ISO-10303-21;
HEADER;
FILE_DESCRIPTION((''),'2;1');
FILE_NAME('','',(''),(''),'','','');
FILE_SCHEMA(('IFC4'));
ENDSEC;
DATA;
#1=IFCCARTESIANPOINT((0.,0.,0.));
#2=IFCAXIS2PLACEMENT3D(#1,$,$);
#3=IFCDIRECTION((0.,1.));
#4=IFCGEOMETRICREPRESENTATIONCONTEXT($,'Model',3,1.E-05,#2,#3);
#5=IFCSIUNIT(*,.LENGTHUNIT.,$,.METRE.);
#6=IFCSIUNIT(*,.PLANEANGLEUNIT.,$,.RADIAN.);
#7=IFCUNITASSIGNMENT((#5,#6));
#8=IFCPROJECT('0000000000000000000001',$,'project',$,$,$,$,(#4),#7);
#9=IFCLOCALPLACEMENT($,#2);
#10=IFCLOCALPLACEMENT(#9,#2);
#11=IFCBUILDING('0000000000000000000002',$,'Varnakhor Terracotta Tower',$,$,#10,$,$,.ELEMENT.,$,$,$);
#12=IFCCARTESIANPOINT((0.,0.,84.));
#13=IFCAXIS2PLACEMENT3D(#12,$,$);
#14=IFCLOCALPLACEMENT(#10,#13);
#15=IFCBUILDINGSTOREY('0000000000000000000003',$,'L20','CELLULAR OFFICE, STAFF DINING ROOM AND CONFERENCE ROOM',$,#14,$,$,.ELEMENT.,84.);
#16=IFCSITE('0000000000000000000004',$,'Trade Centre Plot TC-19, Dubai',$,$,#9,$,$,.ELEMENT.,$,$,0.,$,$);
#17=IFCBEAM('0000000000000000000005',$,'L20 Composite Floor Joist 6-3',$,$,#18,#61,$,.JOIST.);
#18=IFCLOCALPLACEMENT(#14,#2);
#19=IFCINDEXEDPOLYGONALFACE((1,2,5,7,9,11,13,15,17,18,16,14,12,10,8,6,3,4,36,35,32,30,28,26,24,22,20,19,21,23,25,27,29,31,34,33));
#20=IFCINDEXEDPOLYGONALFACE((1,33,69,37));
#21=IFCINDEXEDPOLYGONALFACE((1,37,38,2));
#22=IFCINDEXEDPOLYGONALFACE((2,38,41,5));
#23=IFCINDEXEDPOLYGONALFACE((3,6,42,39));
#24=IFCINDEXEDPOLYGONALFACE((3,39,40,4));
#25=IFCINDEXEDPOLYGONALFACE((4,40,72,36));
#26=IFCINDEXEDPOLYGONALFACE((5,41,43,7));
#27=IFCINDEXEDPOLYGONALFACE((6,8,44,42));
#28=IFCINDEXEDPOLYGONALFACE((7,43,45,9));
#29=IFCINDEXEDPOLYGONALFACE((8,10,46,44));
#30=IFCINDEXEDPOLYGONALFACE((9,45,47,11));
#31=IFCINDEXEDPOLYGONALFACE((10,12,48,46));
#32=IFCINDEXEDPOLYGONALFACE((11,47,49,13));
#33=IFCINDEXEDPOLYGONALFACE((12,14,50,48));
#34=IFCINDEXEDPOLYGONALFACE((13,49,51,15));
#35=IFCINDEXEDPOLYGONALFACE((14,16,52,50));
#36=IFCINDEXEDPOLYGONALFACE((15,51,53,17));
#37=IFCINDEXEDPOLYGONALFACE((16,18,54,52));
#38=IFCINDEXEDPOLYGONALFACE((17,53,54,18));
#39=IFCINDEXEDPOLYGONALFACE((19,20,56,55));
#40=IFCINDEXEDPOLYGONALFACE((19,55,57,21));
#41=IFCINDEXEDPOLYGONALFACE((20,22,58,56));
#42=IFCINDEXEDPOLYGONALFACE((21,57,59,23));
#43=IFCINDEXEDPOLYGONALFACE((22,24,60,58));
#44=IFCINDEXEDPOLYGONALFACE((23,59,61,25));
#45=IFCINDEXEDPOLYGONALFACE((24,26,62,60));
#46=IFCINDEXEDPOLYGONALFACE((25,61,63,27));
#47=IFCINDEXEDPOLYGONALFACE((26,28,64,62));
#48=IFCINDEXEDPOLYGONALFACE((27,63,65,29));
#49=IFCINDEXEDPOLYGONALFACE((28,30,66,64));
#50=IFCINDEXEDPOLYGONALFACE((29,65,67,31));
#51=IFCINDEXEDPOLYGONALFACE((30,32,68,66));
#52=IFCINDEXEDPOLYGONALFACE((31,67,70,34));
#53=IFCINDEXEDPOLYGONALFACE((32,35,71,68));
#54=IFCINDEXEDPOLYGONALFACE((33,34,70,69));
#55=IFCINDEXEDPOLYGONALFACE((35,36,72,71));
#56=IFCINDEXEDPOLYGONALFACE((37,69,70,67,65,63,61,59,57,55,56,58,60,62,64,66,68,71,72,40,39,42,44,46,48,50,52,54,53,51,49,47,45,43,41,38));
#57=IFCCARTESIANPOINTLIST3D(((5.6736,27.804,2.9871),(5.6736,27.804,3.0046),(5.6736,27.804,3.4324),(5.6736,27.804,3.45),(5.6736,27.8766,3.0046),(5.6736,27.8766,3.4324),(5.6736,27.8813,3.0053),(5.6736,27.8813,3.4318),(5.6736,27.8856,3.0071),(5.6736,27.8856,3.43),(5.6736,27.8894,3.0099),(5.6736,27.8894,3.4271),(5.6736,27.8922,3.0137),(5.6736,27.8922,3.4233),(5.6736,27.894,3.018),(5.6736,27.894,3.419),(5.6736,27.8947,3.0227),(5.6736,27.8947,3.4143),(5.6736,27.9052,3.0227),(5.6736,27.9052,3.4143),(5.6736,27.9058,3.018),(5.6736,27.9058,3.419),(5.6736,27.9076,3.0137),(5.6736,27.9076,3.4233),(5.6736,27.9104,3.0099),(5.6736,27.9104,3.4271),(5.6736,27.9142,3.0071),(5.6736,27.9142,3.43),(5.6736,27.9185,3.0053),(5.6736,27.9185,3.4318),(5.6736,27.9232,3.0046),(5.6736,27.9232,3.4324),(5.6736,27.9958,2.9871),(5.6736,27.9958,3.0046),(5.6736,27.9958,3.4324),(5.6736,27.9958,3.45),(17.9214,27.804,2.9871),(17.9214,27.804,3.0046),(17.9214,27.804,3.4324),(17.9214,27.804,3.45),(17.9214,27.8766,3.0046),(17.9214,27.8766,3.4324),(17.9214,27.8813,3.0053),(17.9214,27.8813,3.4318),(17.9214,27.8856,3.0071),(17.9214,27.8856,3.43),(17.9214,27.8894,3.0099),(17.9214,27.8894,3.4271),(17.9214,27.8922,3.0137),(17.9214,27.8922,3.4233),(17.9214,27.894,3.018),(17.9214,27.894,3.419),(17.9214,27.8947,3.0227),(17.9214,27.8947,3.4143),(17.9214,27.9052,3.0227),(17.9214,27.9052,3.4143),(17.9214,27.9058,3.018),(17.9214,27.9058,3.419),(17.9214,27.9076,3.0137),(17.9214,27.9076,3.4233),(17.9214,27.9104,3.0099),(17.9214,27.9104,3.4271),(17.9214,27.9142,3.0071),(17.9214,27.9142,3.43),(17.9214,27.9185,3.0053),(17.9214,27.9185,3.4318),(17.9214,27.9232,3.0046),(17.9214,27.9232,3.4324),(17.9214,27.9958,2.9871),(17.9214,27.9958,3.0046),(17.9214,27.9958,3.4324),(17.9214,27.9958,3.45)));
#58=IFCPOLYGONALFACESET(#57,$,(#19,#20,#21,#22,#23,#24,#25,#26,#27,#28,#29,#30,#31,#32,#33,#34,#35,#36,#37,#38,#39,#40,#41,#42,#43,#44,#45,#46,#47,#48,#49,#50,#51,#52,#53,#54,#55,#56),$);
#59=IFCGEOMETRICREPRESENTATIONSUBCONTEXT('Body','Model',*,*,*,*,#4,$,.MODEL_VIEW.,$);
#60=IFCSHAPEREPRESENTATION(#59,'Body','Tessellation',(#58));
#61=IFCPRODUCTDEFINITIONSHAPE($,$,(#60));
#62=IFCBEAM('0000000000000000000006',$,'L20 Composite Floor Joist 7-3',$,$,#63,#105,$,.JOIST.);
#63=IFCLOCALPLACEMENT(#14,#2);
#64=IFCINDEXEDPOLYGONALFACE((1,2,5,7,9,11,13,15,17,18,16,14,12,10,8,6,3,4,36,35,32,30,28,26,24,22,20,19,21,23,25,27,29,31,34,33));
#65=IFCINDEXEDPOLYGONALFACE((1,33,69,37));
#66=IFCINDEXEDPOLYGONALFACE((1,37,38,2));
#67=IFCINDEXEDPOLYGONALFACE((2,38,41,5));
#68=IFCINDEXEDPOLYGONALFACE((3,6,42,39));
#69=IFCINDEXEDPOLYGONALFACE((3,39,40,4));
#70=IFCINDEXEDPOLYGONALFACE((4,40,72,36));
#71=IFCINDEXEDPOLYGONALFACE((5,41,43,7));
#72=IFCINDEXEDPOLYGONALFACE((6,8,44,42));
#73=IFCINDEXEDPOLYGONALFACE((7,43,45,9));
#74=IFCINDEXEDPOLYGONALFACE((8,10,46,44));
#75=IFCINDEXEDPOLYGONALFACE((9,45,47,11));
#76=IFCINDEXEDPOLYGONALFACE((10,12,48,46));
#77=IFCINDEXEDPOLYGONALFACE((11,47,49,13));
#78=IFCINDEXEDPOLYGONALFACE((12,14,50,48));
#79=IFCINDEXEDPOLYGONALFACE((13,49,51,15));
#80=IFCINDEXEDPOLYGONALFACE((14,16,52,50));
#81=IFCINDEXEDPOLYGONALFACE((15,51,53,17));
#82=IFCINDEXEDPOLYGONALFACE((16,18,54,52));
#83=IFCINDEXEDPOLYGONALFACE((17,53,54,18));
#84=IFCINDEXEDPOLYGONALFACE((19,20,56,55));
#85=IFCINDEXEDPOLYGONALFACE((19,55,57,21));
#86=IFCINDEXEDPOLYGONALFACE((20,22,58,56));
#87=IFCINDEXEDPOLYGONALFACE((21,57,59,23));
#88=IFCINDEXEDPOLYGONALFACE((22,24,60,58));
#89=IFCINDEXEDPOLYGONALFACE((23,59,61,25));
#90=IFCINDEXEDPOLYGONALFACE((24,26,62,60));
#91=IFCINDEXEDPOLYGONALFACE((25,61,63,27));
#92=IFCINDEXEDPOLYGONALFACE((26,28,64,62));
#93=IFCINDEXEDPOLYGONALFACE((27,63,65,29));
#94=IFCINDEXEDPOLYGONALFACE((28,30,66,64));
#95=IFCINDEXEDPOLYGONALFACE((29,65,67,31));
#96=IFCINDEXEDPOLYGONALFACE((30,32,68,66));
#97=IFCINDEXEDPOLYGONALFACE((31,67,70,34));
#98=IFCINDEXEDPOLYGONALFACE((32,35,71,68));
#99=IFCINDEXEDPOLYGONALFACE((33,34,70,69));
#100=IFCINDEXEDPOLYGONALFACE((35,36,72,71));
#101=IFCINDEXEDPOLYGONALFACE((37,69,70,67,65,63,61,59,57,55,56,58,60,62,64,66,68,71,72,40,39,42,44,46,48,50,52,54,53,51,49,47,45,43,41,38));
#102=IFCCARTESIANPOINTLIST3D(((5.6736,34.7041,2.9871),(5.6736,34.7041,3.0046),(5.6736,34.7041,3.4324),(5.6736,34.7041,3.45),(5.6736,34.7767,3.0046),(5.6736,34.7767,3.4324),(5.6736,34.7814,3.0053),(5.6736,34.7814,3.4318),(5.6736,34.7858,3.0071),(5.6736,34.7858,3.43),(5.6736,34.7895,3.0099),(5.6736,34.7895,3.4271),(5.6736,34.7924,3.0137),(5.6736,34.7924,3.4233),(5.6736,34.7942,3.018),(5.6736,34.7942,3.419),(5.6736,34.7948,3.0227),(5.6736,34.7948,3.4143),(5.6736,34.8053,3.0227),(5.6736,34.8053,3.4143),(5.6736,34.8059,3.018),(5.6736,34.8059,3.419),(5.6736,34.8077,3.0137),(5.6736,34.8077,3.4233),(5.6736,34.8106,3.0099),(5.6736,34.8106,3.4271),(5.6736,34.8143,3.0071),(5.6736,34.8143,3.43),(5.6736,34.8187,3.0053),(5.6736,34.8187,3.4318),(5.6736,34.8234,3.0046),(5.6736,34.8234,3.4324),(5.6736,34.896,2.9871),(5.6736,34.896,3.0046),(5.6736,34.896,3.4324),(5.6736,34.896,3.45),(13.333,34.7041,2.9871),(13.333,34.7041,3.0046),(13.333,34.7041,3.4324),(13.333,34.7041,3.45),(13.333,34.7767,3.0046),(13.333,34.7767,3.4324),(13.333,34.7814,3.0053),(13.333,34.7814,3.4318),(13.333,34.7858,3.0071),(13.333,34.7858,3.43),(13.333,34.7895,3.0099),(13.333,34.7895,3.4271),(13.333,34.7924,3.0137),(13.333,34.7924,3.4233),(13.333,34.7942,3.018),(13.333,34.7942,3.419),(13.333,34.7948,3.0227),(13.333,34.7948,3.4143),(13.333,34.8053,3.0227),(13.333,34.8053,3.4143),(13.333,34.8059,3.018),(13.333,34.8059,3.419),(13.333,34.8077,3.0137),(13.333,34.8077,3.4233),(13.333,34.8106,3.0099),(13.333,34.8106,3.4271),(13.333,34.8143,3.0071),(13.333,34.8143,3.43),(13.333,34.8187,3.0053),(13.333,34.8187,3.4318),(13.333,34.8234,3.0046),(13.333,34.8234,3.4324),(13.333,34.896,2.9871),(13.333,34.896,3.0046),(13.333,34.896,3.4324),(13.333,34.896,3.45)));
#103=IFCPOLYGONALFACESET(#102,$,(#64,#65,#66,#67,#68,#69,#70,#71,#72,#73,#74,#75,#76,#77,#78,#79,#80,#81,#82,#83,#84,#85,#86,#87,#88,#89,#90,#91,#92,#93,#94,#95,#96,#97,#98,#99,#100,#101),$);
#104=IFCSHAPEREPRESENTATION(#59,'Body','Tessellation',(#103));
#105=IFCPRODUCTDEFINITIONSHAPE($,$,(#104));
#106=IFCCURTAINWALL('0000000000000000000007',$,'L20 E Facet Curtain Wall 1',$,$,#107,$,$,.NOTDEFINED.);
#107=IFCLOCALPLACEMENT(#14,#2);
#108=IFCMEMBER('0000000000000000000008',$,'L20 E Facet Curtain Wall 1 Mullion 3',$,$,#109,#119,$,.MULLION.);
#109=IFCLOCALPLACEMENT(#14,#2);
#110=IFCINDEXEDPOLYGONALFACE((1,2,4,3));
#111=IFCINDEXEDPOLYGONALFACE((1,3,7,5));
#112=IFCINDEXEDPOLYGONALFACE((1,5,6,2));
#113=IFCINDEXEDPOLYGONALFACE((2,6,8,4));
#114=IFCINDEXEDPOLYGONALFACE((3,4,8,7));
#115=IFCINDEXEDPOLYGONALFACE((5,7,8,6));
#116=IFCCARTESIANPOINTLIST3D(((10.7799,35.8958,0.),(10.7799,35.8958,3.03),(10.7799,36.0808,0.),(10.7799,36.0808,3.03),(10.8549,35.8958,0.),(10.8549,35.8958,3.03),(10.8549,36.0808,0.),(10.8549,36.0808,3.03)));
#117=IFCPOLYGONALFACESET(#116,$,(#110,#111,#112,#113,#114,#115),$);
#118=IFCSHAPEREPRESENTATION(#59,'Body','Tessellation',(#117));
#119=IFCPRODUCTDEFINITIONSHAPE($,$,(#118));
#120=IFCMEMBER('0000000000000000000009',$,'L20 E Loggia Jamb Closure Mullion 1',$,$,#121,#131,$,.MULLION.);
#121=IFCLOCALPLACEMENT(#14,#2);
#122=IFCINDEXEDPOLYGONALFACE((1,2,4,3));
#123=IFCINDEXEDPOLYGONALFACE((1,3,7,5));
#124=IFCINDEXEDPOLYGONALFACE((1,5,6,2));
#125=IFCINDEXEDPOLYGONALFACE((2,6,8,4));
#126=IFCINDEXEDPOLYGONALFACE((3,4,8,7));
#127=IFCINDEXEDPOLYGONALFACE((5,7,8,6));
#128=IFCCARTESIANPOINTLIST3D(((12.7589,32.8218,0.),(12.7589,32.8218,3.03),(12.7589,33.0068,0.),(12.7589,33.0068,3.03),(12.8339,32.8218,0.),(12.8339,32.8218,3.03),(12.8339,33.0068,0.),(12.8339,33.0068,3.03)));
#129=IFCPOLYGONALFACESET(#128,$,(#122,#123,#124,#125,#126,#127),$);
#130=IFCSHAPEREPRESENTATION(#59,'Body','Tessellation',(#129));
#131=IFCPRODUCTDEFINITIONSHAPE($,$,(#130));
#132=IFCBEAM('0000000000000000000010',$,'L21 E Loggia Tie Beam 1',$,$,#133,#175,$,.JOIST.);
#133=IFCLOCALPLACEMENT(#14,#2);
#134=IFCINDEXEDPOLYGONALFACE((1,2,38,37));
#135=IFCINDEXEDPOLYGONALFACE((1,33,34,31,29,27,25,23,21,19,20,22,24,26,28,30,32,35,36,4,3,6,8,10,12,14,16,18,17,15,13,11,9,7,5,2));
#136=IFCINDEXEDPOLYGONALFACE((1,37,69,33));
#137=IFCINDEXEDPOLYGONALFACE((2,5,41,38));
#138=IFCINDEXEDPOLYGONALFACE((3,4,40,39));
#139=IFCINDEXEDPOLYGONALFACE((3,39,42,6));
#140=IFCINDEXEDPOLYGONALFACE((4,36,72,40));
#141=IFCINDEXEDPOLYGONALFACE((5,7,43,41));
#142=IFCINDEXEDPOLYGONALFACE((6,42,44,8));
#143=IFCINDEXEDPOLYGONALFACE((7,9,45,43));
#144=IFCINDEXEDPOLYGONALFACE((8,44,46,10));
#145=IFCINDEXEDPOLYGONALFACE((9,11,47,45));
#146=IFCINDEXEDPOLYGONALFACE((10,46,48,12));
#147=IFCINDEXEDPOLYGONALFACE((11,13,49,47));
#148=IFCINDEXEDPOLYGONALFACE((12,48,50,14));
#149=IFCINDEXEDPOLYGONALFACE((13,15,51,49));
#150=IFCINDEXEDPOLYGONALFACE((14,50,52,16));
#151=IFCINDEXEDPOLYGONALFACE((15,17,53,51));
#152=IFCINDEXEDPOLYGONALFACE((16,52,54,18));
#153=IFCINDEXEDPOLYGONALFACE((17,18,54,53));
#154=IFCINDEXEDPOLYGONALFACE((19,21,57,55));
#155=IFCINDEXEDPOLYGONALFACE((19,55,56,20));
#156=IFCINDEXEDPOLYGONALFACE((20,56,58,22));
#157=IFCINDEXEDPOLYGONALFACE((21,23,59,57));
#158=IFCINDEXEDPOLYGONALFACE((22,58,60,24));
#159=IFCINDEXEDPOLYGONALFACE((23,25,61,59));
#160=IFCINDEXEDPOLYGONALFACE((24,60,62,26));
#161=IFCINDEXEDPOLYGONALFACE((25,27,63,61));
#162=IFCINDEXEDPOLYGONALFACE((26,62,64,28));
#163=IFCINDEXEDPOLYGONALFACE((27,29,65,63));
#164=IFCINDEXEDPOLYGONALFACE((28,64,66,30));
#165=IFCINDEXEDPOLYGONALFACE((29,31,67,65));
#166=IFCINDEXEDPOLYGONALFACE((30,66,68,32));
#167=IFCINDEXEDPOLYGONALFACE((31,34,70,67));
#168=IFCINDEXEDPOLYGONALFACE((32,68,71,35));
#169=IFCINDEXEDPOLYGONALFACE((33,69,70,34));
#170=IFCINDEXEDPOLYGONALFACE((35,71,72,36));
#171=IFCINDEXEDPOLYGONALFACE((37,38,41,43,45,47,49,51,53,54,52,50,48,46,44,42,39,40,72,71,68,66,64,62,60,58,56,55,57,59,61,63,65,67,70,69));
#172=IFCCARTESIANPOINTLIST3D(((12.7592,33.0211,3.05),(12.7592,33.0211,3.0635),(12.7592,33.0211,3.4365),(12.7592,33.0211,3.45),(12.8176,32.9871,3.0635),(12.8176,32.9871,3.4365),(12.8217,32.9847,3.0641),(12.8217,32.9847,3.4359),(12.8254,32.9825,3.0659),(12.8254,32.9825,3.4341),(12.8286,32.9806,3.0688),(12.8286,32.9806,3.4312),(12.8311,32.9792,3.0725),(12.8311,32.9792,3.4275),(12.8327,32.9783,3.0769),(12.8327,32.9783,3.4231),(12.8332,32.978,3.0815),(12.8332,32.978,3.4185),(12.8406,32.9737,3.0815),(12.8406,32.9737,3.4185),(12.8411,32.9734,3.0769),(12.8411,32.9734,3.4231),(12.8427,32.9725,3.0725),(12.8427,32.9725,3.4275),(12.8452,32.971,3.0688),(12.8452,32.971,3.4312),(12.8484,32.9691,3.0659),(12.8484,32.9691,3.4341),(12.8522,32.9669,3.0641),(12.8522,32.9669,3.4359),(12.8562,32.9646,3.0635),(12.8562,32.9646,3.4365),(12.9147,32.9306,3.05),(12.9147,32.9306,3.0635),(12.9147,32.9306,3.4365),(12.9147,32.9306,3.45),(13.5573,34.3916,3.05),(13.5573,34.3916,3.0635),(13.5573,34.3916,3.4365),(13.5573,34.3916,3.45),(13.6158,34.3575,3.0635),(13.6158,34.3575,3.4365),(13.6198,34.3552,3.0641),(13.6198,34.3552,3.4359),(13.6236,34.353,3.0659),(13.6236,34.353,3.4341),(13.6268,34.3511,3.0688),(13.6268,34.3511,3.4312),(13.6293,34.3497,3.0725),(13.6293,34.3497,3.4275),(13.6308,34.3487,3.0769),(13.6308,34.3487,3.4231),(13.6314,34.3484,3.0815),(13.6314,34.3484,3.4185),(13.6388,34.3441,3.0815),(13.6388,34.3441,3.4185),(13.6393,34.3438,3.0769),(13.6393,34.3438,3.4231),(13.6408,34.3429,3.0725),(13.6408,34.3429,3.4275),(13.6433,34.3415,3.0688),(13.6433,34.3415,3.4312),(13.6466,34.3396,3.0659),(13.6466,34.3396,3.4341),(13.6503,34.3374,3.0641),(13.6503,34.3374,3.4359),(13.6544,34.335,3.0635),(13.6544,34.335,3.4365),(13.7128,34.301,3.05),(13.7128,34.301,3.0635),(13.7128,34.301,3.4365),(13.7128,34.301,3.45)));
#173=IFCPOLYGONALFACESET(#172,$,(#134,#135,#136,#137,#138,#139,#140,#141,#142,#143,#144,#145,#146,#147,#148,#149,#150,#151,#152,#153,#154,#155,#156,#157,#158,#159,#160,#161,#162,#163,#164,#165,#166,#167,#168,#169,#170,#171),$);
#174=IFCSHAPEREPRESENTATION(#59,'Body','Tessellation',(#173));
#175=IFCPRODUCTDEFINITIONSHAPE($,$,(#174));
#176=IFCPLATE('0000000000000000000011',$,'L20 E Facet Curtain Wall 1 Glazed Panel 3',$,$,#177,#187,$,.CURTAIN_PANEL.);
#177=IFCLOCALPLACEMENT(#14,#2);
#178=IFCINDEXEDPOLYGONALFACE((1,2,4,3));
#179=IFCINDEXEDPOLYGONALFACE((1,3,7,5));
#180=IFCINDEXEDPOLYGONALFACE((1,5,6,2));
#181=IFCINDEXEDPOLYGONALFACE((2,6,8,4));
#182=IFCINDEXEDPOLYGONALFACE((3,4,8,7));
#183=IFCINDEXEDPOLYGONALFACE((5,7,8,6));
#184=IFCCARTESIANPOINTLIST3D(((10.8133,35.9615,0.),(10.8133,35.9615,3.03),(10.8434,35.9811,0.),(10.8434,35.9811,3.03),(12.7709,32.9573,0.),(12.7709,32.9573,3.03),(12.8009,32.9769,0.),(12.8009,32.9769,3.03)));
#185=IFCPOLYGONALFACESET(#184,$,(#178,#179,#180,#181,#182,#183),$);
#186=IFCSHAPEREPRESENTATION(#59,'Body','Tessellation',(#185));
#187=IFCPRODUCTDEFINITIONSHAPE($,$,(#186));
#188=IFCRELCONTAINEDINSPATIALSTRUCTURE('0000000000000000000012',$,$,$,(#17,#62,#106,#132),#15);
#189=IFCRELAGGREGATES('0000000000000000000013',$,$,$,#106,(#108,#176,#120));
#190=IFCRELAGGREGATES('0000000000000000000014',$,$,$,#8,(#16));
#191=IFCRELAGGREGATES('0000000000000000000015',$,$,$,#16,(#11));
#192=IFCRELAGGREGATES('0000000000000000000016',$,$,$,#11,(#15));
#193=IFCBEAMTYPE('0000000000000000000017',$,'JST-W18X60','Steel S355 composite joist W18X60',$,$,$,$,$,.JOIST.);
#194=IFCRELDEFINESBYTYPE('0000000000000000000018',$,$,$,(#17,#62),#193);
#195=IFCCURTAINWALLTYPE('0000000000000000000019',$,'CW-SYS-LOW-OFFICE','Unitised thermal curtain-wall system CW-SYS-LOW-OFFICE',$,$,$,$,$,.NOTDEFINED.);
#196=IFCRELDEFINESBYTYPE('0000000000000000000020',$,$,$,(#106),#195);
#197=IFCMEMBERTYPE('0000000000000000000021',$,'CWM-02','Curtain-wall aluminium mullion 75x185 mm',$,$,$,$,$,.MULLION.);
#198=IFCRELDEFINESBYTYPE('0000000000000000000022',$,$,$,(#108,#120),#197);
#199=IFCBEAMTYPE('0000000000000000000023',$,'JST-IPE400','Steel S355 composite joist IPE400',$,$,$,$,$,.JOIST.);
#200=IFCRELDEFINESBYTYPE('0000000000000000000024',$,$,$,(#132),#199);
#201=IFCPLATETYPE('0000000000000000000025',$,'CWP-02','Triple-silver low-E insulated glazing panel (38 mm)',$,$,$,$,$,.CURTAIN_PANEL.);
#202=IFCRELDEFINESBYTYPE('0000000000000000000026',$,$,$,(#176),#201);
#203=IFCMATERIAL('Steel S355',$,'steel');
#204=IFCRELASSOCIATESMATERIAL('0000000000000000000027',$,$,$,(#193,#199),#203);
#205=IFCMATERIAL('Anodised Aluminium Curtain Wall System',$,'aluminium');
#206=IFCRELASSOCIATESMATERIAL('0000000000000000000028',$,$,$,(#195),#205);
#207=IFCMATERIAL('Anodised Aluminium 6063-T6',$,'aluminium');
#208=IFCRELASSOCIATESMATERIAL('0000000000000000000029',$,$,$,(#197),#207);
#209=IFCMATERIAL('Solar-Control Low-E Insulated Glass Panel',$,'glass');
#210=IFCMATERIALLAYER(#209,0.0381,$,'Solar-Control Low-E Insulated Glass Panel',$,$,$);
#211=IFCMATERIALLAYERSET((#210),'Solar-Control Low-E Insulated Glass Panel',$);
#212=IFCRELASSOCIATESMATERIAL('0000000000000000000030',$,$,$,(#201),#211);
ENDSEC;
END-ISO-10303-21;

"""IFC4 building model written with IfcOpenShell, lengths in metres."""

from ifc_helpers import new_model, si_unit, direction, frame, origin, origin_2d, place, context, subcontext, project, spatial, rectangle, i_section, extrude, source, transform, mapped, material, layer, layer_set, material_profile, profile_set, type_object, type_shapes, element, aggregate, save


model = new_model("IFC4")

# Units and contexts
model_context = context("Model", 3, precision=1e-05, world=origin(), true_north=direction((0.0, 1.0)))
body_context = subcontext(model_context, "Body", "Model", "MODEL_VIEW")
ifc_project = project(units=[si_unit("LENGTHUNIT", "METRE"), si_unit("PLANEANGLEUNIT", "RADIAN")], contexts=[model_context])

# Site, building, storey
site_placement = place(None, origin())
site = spatial("IfcSite", under=ifc_project, at=site_placement, Name="Trade Centre Plot TC-19, Dubai", CompositionType="ELEMENT", RefElevation=0.0)
building_placement = place(site_placement, origin())
building = spatial("IfcBuilding", under=site, at=building_placement, Name="Varnakhor Terracotta Tower", CompositionType="ELEMENT")
storey_placement = place(building_placement, frame((0.0, 0.0, 84.0)))
storey = spatial("IfcBuildingStorey", under=building, at=storey_placement, Name="L20", Description="CELLULAR OFFICE, STAFF DINING ROOM AND CONFERENCE ROOM", CompositionType="ELEMENT", Elevation=84.0)

# Beams
ifc_material_1 = material(Name="Steel S355", Category="steel")
ifc_material_profile_1 = material_profile(ifc_material_1, i_section(OverallWidth=0.1919, OverallDepth=0.4629, WebThickness=0.0105, FlangeThickness=0.0176, FilletRadius=0.0181, at=origin_2d()), Name="W18X60")
ifc_profile_set_1 = profile_set([ifc_material_profile_1], Name="Steel S355")
beam_type_1 = type_object("IfcBeamType", Name="JST-W18X60", Description="Steel S355 composite joist W18X60", PredefinedType="JOIST", material=ifc_profile_set_1)
shared_shape_1 = source(origin(), body_context, "Body", "SweptSolid", [
    extrude(i_section(OverallWidth=0.1919, OverallDepth=0.4629, WebThickness=0.0105, FlangeThickness=0.0176, FilletRadius=0.0181, at=origin_2d()), origin(), (0.0, 0.0, 1.0), 12.2478),
])
beam_1_placement = place(storey_placement, frame((5.6736, 27.8999, 3.2185), z_axis=(1.0, 0.0, 0.0), x_axis=(0.0, 1.0, 0.0)))
element("IfcBeam", 1, at=beam_1_placement, inside=storey, type_object=beam_type_1, Name="L20 Composite Floor Joist 6-3", PredefinedType="JOIST", context=body_context, shape_type="MappedRepresentation", body=[
    mapped(shared_shape_1, transform((0.0, 0.0, 0.0), scale=1.0)),
])
shared_shape_2 = source(origin(), body_context, "Body", "SweptSolid", [
    extrude(i_section(OverallWidth=0.1919, OverallDepth=0.4629, WebThickness=0.0105, FlangeThickness=0.0176, FilletRadius=0.0181, at=origin_2d()), origin(), (0.0, 0.0, 1.0), 7.6594),
])
beam_2_placement = place(storey_placement, frame((5.6736, 34.8, 3.2185), z_axis=(1.0, 0.0, 0.0), x_axis=(0.0, 1.0, 0.0)))
element("IfcBeam", 2, at=beam_2_placement, inside=storey, type_object=beam_type_1, Name="L20 Composite Floor Joist 7-3", PredefinedType="JOIST", context=body_context, shape_type="MappedRepresentation", body=[
    mapped(shared_shape_2, transform((0.0, 0.0, 0.0), scale=1.0)),
])

# Curtain wall, members
ifc_material_2 = material(Name="Anodised Aluminium Curtain Wall System", Category="aluminium")
curtain_wall_type = type_object("IfcCurtainWallType", Name="CW-SYS-LOW-OFFICE", Description="Unitised thermal curtain-wall system CW-SYS-LOW-OFFICE", PredefinedType="NOTDEFINED", material=ifc_material_2)
curtain_wall_placement = place(storey_placement, origin())
curtain_wall = element("IfcCurtainWall", 3, at=curtain_wall_placement, inside=storey, type_object=curtain_wall_type, Name="L20 E Facet Curtain Wall 1", PredefinedType="NOTDEFINED")
ifc_material_3 = material(Name="Anodised Aluminium 6063-T6", Category="aluminium")
ifc_material_profile_2 = material_profile(ifc_material_3, rectangle(XDim=0.075, YDim=0.1851, at=origin_2d()), Name="ALU MULLION 75x185")
ifc_profile_set_2 = profile_set([ifc_material_profile_2], Name="Anodised Aluminium 6063-T6")
member_type = type_object("IfcMemberType", Name="CWM-02", Description="Curtain-wall aluminium mullion 75x185 mm", PredefinedType="MULLION", material=ifc_profile_set_2)
shared_shape_3 = source(origin(), body_context, "Body", "SweptSolid", [
    extrude(rectangle(XDim=0.075, YDim=0.1851, at=origin_2d()), origin(), (0.0, 0.0, 1.0), 3.03),
])
type_shapes(member_type, [shared_shape_3])
member_1_placement = place(storey_placement, frame((10.8174, 35.9883, 0.0), z_axis=(0.0, 0.0, 1.0), x_axis=(1.0, 0.0, 0.0)))
member_1 = element("IfcMember", 4, at=member_1_placement, type_object=member_type, Name="L20 E Facet Curtain Wall 1 Mullion 3", PredefinedType="MULLION", context=body_context, shape_type="MappedRepresentation", body=[
    mapped(shared_shape_3, transform((0.0, 0.0, 0.0), scale=1.0)),
])
member_2_placement = place(storey_placement, frame((12.7964, 32.9143, 0.0), z_axis=(0.0, 0.0, 1.0), x_axis=(1.0, 0.0, 0.0)))
member_2 = element("IfcMember", 5, at=member_2_placement, type_object=member_type, Name="L20 E Loggia Jamb Closure Mullion 1", PredefinedType="MULLION", context=body_context, shape_type="MappedRepresentation", body=[
    mapped(shared_shape_3, transform((0.0, 0.0, 0.0), scale=1.0)),
])

# Beam
ifc_material_profile_3 = material_profile(ifc_material_1, i_section(OverallWidth=0.1799, OverallDepth=0.3999, WebThickness=0.0085, FlangeThickness=0.0134, FilletRadius=0.0181, at=origin_2d()), Name="IPE400")
ifc_profile_set_3 = profile_set([ifc_material_profile_3], Name="Steel S355")
beam_type_2 = type_object("IfcBeamType", Name="JST-IPE400", Description="Steel S355 composite joist IPE400", PredefinedType="JOIST", material=ifc_profile_set_3)
shared_shape_4 = source(origin(), body_context, "Body", "SweptSolid", [
    extrude(i_section(OverallWidth=0.1799, OverallDepth=0.3999, WebThickness=0.0085, FlangeThickness=0.0134, FilletRadius=0.0181, at=origin_2d()), origin(), (0.0, 0.0, 1.0), 1.5859),
])
beam_3_placement = place(storey_placement, frame((12.8369, 32.9758, 3.25), z_axis=(0.503268, 0.86413, 0.0), x_axis=(-0.86413, 0.503268, 0.0)))
element("IfcBeam", 6, at=beam_3_placement, inside=storey, type_object=beam_type_2, Name="L21 E Loggia Tie Beam 1", PredefinedType="JOIST", context=body_context, shape_type="MappedRepresentation", body=[
    mapped(shared_shape_4, transform((0.0, 0.0, 0.0), scale=1.0)),
])

# Plate
ifc_material_4 = material(Name="Solar-Control Low-E Insulated Glass Panel", Category="glass")
ifc_layer_1 = layer(ifc_material_4, 0.0381, Name="Solar-Control Low-E Insulated Glass Panel")
ifc_layer_set_1 = layer_set([ifc_layer_1], Name="Solar-Control Low-E Insulated Glass Panel")
plate_type = type_object("IfcPlateType", Name="CWP-02", Description="Triple-silver low-E insulated glazing panel (38 mm)", PredefinedType="CURTAIN_PANEL", material=ifc_layer_set_1)
shared_shape_5 = source(origin(), body_context, "Body", "SweptSolid", [
    extrude(rectangle(XDim=3.5857, YDim=0.0359, at=origin_2d()), origin(), (0.0, 0.0, 1.0), 3.03),
])
plate_placement = place(storey_placement, frame((11.8071, 34.4692, 0.0), z_axis=(0.0, 0.0, 1.0), x_axis=(0.545926, -0.837833, 0.0)))
plate = element("IfcPlate", 7, at=plate_placement, type_object=plate_type, Name="L20 E Facet Curtain Wall 1 Glazed Panel 3", PredefinedType="CURTAIN_PANEL", context=body_context, shape_type="MappedRepresentation", body=[
    mapped(shared_shape_5, transform((0.0, 0.0, 0.0), scale=1.0)),
])
aggregate(curtain_wall, [member_1, plate, member_2])

save(model, "model.ifc")
